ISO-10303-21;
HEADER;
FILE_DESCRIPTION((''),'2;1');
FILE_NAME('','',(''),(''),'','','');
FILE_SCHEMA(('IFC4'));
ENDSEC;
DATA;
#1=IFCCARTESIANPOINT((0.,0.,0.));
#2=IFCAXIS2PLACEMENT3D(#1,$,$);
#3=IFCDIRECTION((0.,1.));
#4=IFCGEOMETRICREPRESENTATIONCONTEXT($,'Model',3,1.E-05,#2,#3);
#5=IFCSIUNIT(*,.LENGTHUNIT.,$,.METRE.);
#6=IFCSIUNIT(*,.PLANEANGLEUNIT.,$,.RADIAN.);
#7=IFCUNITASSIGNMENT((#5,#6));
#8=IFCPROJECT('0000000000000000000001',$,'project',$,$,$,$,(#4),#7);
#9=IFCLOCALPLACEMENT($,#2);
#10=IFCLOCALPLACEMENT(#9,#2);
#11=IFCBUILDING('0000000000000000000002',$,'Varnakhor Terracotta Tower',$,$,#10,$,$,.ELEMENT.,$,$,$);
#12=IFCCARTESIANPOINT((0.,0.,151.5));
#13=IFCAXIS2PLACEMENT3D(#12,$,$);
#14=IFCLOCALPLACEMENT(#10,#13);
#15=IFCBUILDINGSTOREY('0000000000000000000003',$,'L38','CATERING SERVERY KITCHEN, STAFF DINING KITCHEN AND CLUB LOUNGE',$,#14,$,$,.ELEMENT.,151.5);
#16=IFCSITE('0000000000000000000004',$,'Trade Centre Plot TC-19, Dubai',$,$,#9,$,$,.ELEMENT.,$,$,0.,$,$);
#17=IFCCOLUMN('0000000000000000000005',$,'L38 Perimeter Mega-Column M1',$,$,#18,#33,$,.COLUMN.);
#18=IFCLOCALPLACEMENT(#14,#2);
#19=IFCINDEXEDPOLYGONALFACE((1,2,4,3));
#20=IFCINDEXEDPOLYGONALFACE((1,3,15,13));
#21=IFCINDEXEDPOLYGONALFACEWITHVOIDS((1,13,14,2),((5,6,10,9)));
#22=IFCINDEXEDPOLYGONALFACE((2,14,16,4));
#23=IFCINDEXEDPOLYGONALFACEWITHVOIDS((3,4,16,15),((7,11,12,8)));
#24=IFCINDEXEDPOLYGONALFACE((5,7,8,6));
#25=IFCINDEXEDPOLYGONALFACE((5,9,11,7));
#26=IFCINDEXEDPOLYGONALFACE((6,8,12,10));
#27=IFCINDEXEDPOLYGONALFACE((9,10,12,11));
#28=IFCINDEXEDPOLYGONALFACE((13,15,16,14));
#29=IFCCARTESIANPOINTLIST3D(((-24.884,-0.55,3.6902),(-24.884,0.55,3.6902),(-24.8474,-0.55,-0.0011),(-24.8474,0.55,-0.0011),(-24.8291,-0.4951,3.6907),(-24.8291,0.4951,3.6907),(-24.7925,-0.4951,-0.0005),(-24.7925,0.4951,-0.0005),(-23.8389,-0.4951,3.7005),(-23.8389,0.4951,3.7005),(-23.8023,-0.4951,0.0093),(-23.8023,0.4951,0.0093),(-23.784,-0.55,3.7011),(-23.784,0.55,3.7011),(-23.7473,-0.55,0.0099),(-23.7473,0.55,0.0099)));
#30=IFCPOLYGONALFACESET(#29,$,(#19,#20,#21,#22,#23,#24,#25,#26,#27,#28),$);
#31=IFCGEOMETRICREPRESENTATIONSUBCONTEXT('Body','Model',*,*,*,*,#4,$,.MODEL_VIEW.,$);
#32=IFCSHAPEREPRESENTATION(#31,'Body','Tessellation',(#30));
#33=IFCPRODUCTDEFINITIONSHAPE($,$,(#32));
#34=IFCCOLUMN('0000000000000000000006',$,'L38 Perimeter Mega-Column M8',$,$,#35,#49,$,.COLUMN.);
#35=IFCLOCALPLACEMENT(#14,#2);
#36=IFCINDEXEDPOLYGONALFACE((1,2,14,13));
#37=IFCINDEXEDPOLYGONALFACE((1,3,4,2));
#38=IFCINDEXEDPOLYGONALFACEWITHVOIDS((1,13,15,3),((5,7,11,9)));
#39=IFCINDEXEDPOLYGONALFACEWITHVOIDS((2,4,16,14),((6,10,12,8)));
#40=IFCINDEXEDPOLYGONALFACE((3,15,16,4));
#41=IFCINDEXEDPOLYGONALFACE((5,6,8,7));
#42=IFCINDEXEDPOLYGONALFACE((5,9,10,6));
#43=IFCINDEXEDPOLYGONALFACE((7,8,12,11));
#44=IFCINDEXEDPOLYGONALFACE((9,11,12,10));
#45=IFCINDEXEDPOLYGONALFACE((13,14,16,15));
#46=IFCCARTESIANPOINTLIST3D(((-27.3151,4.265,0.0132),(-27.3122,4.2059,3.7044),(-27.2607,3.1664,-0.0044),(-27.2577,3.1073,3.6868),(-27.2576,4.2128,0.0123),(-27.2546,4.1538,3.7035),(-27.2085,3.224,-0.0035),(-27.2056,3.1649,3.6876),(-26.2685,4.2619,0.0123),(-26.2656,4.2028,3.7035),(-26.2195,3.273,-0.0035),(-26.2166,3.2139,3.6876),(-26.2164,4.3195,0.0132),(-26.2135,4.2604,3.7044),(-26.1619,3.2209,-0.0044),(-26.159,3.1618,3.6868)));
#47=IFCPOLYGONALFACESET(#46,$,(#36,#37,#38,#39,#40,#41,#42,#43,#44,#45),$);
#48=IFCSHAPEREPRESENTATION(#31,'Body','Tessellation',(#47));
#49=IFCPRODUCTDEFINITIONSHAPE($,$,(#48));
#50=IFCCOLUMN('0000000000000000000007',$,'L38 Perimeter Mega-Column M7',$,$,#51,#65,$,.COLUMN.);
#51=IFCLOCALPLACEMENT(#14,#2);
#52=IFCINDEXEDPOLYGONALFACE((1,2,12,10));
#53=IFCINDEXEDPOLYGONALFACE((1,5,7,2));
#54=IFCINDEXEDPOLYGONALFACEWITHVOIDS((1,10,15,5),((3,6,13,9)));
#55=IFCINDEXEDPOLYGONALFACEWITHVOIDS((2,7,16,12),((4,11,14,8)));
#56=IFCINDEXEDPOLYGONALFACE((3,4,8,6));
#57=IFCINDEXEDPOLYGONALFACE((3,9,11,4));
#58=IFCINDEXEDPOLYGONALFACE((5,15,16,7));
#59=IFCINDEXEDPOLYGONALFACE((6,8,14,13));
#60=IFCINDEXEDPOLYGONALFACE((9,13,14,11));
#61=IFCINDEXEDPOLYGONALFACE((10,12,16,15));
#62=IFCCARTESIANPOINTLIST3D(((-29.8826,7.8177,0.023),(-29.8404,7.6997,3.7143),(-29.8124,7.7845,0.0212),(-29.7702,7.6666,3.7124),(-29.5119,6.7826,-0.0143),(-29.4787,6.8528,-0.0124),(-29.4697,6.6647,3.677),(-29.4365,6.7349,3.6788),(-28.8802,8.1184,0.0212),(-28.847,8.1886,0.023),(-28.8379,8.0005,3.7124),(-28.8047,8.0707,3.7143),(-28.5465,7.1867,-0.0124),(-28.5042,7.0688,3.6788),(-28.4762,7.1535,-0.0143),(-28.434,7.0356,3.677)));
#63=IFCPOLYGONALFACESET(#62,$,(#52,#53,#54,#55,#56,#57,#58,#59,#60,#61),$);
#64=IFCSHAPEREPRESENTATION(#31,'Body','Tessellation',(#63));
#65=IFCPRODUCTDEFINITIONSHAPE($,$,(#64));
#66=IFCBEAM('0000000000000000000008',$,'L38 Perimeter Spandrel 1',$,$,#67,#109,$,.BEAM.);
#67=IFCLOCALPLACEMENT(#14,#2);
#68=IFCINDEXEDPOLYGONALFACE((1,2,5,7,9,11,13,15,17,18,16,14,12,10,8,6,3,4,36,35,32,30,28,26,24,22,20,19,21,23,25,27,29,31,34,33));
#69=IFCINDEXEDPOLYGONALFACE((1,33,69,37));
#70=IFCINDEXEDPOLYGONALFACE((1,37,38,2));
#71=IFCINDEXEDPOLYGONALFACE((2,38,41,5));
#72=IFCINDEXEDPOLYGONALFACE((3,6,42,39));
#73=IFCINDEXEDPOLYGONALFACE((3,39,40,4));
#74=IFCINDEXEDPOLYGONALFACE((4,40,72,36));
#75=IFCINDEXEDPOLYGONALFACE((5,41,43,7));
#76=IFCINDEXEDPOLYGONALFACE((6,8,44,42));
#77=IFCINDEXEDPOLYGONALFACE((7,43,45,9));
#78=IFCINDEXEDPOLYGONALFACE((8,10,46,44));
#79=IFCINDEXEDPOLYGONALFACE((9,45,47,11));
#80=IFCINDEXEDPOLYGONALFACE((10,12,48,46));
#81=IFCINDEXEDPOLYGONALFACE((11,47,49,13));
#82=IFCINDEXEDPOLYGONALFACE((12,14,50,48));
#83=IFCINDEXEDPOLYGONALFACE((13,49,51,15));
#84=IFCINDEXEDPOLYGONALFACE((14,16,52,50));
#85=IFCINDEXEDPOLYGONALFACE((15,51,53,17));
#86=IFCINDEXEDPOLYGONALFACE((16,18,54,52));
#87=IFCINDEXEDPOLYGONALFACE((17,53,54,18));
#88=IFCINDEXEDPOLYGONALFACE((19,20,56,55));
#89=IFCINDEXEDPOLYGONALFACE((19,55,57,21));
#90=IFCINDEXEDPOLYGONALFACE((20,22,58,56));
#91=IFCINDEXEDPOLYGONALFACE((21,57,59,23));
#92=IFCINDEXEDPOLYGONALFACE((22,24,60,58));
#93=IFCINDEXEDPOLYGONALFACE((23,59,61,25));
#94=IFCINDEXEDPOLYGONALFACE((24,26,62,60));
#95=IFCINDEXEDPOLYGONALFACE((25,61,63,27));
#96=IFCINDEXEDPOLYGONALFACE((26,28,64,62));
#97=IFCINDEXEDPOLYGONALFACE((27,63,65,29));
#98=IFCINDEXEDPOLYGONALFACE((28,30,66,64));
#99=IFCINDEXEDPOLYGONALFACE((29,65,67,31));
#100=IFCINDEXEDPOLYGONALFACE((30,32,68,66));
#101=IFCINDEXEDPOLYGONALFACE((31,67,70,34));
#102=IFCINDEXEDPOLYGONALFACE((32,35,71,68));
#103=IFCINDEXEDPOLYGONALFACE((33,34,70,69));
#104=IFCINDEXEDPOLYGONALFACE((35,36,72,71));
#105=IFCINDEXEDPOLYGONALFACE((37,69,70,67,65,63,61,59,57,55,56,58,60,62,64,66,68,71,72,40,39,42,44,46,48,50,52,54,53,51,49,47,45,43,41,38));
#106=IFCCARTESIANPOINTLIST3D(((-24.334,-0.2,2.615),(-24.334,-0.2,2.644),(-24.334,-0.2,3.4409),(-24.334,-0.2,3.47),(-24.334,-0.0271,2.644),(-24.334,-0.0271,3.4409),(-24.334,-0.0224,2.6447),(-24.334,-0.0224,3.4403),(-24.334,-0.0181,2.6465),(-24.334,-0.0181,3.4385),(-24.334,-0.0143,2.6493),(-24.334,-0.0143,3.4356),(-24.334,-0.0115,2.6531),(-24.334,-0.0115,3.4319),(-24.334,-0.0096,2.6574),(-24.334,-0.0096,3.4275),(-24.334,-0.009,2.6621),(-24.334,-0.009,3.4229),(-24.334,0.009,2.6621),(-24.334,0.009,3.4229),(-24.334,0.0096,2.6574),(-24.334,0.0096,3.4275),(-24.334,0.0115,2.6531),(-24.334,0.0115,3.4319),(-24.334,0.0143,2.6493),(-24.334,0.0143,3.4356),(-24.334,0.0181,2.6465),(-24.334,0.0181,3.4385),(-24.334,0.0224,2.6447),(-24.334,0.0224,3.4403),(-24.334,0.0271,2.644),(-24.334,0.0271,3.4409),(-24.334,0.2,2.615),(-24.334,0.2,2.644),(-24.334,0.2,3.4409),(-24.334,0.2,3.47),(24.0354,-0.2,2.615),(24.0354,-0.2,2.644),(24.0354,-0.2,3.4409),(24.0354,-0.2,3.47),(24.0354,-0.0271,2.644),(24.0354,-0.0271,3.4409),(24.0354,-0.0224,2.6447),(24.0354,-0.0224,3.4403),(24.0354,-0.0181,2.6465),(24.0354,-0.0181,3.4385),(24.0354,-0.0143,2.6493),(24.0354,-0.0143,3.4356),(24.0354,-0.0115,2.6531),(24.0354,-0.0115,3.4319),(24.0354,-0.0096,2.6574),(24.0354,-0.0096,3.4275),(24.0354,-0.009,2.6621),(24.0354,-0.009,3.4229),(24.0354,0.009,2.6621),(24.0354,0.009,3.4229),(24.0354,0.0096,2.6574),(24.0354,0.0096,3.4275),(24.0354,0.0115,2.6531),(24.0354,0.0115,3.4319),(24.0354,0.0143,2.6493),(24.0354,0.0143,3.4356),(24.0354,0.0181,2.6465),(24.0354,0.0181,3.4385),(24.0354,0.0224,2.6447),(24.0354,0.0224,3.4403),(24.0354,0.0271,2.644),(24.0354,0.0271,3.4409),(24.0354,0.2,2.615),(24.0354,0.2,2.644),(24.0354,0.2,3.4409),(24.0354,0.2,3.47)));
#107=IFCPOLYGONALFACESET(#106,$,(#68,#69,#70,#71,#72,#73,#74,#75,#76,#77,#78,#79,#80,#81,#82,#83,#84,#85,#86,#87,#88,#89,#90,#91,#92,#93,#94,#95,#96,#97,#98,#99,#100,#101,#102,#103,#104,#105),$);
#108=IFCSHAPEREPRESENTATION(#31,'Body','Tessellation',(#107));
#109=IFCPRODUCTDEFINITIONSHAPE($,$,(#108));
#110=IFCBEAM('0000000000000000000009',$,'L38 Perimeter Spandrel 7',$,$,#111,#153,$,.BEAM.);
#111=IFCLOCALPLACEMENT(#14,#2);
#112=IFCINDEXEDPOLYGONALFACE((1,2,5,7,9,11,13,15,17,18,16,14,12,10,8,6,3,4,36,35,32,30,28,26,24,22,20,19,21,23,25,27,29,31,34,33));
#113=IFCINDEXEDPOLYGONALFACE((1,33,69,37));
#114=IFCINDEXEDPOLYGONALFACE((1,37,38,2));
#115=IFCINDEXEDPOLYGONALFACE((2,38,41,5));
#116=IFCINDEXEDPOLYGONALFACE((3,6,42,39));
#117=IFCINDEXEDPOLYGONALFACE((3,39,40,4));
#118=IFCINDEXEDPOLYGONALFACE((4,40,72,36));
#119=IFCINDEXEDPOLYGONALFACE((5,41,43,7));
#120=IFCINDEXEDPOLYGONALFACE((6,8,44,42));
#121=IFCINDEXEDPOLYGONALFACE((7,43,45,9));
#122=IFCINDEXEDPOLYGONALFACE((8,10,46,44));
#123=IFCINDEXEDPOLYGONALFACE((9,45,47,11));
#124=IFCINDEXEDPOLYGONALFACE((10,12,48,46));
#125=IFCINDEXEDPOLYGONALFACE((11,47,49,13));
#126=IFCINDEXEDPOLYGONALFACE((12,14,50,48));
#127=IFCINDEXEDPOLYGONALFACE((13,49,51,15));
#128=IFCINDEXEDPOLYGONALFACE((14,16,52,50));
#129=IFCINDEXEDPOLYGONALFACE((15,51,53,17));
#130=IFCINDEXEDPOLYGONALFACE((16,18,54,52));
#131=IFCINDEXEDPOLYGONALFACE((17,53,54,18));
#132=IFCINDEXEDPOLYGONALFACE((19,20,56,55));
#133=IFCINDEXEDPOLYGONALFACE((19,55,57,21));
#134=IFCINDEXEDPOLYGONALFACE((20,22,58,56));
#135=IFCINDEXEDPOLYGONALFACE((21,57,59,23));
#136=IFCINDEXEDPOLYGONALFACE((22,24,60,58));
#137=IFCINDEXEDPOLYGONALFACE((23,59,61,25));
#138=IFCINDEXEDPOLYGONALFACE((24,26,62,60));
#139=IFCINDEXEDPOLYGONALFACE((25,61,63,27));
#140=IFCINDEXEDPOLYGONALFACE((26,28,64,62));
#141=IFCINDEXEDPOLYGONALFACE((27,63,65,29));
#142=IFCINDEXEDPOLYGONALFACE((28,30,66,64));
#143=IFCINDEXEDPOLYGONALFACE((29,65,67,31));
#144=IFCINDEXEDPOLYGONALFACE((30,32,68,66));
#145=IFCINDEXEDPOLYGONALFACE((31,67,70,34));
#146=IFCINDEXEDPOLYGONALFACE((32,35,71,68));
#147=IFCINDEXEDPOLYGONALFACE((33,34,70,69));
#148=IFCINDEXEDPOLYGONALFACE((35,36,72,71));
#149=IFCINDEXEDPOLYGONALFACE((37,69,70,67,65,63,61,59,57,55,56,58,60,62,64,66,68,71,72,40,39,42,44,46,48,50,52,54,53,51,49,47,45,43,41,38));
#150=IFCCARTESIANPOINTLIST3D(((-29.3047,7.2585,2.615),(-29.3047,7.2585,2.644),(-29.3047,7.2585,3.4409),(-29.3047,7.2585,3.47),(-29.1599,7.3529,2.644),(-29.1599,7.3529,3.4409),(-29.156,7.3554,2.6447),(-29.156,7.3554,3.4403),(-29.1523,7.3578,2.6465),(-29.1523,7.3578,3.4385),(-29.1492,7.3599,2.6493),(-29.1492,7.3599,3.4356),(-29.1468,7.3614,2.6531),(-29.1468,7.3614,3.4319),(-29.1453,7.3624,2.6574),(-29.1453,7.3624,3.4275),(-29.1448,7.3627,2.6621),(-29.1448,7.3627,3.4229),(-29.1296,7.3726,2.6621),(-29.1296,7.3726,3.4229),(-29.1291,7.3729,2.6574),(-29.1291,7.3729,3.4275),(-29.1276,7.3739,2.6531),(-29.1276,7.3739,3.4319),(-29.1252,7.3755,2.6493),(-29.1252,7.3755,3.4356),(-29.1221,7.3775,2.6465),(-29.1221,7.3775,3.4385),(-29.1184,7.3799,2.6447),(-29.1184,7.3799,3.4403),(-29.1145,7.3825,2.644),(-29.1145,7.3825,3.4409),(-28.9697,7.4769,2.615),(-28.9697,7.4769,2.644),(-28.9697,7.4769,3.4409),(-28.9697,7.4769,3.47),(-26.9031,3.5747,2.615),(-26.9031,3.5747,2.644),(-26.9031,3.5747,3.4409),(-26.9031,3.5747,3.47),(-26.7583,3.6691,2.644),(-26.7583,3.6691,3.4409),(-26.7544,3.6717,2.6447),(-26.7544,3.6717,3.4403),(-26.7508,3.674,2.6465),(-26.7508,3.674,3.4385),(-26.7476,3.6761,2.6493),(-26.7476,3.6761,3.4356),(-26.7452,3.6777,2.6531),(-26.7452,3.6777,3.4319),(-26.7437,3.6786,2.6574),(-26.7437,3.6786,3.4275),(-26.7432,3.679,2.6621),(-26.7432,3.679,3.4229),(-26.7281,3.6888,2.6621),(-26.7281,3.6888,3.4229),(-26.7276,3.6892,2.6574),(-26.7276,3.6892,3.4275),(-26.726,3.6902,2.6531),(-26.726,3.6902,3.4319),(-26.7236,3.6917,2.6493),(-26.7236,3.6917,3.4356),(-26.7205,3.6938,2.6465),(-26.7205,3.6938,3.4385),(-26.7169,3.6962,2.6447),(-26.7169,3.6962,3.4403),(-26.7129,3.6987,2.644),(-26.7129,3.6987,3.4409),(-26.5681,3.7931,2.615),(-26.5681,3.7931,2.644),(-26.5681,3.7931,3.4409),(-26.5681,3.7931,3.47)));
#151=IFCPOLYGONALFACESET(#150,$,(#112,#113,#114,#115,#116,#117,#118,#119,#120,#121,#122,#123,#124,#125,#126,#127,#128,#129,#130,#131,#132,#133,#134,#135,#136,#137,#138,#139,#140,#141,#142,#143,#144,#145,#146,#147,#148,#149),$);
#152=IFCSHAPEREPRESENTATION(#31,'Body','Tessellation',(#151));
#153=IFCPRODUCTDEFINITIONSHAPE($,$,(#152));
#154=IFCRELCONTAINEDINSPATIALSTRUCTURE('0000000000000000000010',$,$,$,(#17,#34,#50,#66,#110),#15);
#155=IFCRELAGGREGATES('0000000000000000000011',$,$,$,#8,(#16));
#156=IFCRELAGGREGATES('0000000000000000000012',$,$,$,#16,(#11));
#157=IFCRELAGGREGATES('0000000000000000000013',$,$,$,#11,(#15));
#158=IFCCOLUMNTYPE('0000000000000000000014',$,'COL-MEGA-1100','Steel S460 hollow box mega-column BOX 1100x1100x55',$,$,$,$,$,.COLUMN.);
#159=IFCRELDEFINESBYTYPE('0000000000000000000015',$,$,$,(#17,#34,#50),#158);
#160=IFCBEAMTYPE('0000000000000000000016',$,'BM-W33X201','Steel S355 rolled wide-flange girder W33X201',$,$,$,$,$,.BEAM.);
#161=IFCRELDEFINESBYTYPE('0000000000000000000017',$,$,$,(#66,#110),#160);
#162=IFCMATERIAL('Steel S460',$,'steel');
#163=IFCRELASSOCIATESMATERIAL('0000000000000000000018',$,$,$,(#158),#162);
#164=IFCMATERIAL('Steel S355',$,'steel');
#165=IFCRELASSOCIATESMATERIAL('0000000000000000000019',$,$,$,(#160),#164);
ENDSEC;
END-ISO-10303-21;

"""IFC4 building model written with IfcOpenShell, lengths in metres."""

from ifc_helpers import new_model, si_unit, direction, frame, origin, origin_2d, place, context, subcontext, project, spatial, hollow_rectangle, i_section, extrude, source, transform, mapped, material, material_profile, profile_set, type_object, element, save


model = new_model("IFC4")

# Units and contexts
model_context = context("Model", 3, precision=1e-05, world=origin(), true_north=direction((0.0, 1.0)))
body_context = subcontext(model_context, "Body", "Model", "MODEL_VIEW")
ifc_project = project(units=[si_unit("LENGTHUNIT", "METRE"), si_unit("PLANEANGLEUNIT", "RADIAN")], contexts=[model_context])

# Site, building, storey
site_placement = place(None, origin())
site = spatial("IfcSite", under=ifc_project, at=site_placement, Name="Trade Centre Plot TC-19, Dubai", CompositionType="ELEMENT", RefElevation=0.0)
building_placement = place(site_placement, origin())
building = spatial("IfcBuilding", under=site, at=building_placement, Name="Varnakhor Terracotta Tower", CompositionType="ELEMENT")
storey_placement = place(building_placement, frame((0.0, 0.0, 151.5)))
storey = spatial("IfcBuildingStorey", under=building, at=storey_placement, Name="L38", Description="CATERING SERVERY KITCHEN, STAFF DINING KITCHEN AND CLUB LOUNGE", CompositionType="ELEMENT", Elevation=151.5)

# Columns
ifc_material_1 = material(Name="Steel S460", Category="steel")
ifc_material_profile_1 = material_profile(ifc_material_1, hollow_rectangle(XDim=1.1001, YDim=1.1001, WallThickness=0.0549, at=origin_2d()), Name="BOX 1100x1100x55")
ifc_profile_set_1 = profile_set([ifc_material_profile_1], Name="Steel S460")
column_type = type_object("IfcColumnType", Name="COL-MEGA-1100", Description="Steel S460 hollow box mega-column BOX 1100x1100x55", PredefinedType="COLUMN", material=ifc_profile_set_1)
shared_shape_1 = source(origin(), body_context, "Body", "SweptSolid", [
    extrude(hollow_rectangle(XDim=1.1001, YDim=1.1001, WallThickness=0.0549, at=origin_2d()), origin(), (0.0, 0.0, 1.0), 3.6914),
])
column_1_placement = place(storey_placement, frame((-24.2974, 0.0, 0.0044), z_axis=(-0.009921, 0.0, 0.999951), x_axis=(0.0, -1.0, 0.0)))
element("IfcColumn", 1, at=column_1_placement, inside=storey, type_object=column_type, Name="L38 Perimeter Mega-Column M1", PredefinedType="COLUMN", context=body_context, shape_type="MappedRepresentation", body=[
    mapped(shared_shape_1, transform((0.0, 0.0, 0.0), scale=1.0)),
])
shared_shape_2 = source(origin(), body_context, "Body", "SweptSolid", [
    extrude(hollow_rectangle(XDim=1.1001, YDim=1.1001, WallThickness=0.0549, at=origin_2d()), origin(), (0.0, 0.0, 1.0), 3.6917),
])
column_2_placement = place(storey_placement, frame((-26.7385, 3.7429, 0.0044), z_axis=(0.000794, -0.016004, 0.999872), x_axis=(0.998773, 0.049526, 0.0)))
element("IfcColumn", 2, at=column_2_placement, inside=storey, type_object=column_type, Name="L38 Perimeter Mega-Column M8", PredefinedType="COLUMN", context=body_context, shape_type="MappedRepresentation", body=[
    mapped(shared_shape_2, transform((0.0, 0.0, 0.0), scale=1.0)),
])
shared_shape_3 = source(origin(), body_context, "Body", "SweptSolid", [
    extrude(hollow_rectangle(XDim=1.1001, YDim=1.1001, WallThickness=0.0549, at=origin_2d()), origin(), (0.0, 0.0, 1.0), 3.6934),
])
column_3_placement = place(storey_placement, frame((-29.1794, 7.4856, 0.0044), z_axis=(0.011436, -0.031928, 0.999425), x_axis=(0.941433, 0.337201, 0.0)))
element("IfcColumn", 3, at=column_3_placement, inside=storey, type_object=column_type, Name="L38 Perimeter Mega-Column M7", PredefinedType="COLUMN", context=body_context, shape_type="MappedRepresentation", body=[
    mapped(shared_shape_3, transform((0.0, 0.0, 0.0), scale=1.0)),
])

# Beams
ifc_material_2 = material(Name="Steel S355", Category="steel")
ifc_material_profile_2 = material_profile(ifc_material_2, i_section(OverallWidth=0.3999, OverallDepth=0.855, WebThickness=0.0181, FlangeThickness=0.0291, FilletRadius=0.0181, at=origin_2d()), Name="W33X201")
ifc_profile_set_2 = profile_set([ifc_material_profile_2], Name="Steel S355")
beam_type_1 = type_object("IfcBeamType", Name="BM-W33X201", Description="Steel S355 rolled wide-flange girder W33X201", PredefinedType="BEAM", material=ifc_profile_set_2)
shared_shape_4 = source(origin(), body_context, "Body", "SweptSolid", [
    extrude(i_section(OverallWidth=0.3999, OverallDepth=0.855, WebThickness=0.0181, FlangeThickness=0.0291, FilletRadius=0.0181, at=origin_2d()), origin(), (0.0, 0.0, 1.0), 48.3694),
])
beam_1_placement = place(storey_placement, frame((-24.334, 0.0, 3.0425), z_axis=(1.0, 0.0, 0.0), x_axis=(0.0, 1.0, 0.0)))
element("IfcBeam", 4, at=beam_1_placement, inside=storey, type_object=beam_type_1, Name="L38 Perimeter Spandrel 1", PredefinedType="BEAM", context=body_context, shape_type="MappedRepresentation", body=[
    mapped(shared_shape_4, transform((0.0, 0.0, 0.0), scale=1.0)),
])
shared_shape_5 = source(origin(), body_context, "Body", "SweptSolid", [
    extrude(i_section(OverallWidth=0.3999, OverallDepth=0.855, WebThickness=0.0181, FlangeThickness=0.0291, FilletRadius=0.0181, at=origin_2d()), origin(), (0.0, 0.0, 1.0), 4.3975),
])
for number, where, z_axis, x_axis, name in (
    (5, (-29.1372, 7.3677, 3.0425), (0.546126, -0.837703, 0.0), (0.837703, 0.546126, 0.0), "L38 Perimeter Spandrel 7"),
):
    element("IfcBeam", number, at=place(storey_placement, frame(where, z_axis=z_axis, x_axis=x_axis)), inside=storey, type_object=beam_type_1, Name=name, PredefinedType="BEAM", context=body_context, shape_type="MappedRepresentation", body=[
        mapped(shared_shape_5, transform((0.0, 0.0, 0.0), scale=1.0)),
    ])

save(model, "model.ifc")
